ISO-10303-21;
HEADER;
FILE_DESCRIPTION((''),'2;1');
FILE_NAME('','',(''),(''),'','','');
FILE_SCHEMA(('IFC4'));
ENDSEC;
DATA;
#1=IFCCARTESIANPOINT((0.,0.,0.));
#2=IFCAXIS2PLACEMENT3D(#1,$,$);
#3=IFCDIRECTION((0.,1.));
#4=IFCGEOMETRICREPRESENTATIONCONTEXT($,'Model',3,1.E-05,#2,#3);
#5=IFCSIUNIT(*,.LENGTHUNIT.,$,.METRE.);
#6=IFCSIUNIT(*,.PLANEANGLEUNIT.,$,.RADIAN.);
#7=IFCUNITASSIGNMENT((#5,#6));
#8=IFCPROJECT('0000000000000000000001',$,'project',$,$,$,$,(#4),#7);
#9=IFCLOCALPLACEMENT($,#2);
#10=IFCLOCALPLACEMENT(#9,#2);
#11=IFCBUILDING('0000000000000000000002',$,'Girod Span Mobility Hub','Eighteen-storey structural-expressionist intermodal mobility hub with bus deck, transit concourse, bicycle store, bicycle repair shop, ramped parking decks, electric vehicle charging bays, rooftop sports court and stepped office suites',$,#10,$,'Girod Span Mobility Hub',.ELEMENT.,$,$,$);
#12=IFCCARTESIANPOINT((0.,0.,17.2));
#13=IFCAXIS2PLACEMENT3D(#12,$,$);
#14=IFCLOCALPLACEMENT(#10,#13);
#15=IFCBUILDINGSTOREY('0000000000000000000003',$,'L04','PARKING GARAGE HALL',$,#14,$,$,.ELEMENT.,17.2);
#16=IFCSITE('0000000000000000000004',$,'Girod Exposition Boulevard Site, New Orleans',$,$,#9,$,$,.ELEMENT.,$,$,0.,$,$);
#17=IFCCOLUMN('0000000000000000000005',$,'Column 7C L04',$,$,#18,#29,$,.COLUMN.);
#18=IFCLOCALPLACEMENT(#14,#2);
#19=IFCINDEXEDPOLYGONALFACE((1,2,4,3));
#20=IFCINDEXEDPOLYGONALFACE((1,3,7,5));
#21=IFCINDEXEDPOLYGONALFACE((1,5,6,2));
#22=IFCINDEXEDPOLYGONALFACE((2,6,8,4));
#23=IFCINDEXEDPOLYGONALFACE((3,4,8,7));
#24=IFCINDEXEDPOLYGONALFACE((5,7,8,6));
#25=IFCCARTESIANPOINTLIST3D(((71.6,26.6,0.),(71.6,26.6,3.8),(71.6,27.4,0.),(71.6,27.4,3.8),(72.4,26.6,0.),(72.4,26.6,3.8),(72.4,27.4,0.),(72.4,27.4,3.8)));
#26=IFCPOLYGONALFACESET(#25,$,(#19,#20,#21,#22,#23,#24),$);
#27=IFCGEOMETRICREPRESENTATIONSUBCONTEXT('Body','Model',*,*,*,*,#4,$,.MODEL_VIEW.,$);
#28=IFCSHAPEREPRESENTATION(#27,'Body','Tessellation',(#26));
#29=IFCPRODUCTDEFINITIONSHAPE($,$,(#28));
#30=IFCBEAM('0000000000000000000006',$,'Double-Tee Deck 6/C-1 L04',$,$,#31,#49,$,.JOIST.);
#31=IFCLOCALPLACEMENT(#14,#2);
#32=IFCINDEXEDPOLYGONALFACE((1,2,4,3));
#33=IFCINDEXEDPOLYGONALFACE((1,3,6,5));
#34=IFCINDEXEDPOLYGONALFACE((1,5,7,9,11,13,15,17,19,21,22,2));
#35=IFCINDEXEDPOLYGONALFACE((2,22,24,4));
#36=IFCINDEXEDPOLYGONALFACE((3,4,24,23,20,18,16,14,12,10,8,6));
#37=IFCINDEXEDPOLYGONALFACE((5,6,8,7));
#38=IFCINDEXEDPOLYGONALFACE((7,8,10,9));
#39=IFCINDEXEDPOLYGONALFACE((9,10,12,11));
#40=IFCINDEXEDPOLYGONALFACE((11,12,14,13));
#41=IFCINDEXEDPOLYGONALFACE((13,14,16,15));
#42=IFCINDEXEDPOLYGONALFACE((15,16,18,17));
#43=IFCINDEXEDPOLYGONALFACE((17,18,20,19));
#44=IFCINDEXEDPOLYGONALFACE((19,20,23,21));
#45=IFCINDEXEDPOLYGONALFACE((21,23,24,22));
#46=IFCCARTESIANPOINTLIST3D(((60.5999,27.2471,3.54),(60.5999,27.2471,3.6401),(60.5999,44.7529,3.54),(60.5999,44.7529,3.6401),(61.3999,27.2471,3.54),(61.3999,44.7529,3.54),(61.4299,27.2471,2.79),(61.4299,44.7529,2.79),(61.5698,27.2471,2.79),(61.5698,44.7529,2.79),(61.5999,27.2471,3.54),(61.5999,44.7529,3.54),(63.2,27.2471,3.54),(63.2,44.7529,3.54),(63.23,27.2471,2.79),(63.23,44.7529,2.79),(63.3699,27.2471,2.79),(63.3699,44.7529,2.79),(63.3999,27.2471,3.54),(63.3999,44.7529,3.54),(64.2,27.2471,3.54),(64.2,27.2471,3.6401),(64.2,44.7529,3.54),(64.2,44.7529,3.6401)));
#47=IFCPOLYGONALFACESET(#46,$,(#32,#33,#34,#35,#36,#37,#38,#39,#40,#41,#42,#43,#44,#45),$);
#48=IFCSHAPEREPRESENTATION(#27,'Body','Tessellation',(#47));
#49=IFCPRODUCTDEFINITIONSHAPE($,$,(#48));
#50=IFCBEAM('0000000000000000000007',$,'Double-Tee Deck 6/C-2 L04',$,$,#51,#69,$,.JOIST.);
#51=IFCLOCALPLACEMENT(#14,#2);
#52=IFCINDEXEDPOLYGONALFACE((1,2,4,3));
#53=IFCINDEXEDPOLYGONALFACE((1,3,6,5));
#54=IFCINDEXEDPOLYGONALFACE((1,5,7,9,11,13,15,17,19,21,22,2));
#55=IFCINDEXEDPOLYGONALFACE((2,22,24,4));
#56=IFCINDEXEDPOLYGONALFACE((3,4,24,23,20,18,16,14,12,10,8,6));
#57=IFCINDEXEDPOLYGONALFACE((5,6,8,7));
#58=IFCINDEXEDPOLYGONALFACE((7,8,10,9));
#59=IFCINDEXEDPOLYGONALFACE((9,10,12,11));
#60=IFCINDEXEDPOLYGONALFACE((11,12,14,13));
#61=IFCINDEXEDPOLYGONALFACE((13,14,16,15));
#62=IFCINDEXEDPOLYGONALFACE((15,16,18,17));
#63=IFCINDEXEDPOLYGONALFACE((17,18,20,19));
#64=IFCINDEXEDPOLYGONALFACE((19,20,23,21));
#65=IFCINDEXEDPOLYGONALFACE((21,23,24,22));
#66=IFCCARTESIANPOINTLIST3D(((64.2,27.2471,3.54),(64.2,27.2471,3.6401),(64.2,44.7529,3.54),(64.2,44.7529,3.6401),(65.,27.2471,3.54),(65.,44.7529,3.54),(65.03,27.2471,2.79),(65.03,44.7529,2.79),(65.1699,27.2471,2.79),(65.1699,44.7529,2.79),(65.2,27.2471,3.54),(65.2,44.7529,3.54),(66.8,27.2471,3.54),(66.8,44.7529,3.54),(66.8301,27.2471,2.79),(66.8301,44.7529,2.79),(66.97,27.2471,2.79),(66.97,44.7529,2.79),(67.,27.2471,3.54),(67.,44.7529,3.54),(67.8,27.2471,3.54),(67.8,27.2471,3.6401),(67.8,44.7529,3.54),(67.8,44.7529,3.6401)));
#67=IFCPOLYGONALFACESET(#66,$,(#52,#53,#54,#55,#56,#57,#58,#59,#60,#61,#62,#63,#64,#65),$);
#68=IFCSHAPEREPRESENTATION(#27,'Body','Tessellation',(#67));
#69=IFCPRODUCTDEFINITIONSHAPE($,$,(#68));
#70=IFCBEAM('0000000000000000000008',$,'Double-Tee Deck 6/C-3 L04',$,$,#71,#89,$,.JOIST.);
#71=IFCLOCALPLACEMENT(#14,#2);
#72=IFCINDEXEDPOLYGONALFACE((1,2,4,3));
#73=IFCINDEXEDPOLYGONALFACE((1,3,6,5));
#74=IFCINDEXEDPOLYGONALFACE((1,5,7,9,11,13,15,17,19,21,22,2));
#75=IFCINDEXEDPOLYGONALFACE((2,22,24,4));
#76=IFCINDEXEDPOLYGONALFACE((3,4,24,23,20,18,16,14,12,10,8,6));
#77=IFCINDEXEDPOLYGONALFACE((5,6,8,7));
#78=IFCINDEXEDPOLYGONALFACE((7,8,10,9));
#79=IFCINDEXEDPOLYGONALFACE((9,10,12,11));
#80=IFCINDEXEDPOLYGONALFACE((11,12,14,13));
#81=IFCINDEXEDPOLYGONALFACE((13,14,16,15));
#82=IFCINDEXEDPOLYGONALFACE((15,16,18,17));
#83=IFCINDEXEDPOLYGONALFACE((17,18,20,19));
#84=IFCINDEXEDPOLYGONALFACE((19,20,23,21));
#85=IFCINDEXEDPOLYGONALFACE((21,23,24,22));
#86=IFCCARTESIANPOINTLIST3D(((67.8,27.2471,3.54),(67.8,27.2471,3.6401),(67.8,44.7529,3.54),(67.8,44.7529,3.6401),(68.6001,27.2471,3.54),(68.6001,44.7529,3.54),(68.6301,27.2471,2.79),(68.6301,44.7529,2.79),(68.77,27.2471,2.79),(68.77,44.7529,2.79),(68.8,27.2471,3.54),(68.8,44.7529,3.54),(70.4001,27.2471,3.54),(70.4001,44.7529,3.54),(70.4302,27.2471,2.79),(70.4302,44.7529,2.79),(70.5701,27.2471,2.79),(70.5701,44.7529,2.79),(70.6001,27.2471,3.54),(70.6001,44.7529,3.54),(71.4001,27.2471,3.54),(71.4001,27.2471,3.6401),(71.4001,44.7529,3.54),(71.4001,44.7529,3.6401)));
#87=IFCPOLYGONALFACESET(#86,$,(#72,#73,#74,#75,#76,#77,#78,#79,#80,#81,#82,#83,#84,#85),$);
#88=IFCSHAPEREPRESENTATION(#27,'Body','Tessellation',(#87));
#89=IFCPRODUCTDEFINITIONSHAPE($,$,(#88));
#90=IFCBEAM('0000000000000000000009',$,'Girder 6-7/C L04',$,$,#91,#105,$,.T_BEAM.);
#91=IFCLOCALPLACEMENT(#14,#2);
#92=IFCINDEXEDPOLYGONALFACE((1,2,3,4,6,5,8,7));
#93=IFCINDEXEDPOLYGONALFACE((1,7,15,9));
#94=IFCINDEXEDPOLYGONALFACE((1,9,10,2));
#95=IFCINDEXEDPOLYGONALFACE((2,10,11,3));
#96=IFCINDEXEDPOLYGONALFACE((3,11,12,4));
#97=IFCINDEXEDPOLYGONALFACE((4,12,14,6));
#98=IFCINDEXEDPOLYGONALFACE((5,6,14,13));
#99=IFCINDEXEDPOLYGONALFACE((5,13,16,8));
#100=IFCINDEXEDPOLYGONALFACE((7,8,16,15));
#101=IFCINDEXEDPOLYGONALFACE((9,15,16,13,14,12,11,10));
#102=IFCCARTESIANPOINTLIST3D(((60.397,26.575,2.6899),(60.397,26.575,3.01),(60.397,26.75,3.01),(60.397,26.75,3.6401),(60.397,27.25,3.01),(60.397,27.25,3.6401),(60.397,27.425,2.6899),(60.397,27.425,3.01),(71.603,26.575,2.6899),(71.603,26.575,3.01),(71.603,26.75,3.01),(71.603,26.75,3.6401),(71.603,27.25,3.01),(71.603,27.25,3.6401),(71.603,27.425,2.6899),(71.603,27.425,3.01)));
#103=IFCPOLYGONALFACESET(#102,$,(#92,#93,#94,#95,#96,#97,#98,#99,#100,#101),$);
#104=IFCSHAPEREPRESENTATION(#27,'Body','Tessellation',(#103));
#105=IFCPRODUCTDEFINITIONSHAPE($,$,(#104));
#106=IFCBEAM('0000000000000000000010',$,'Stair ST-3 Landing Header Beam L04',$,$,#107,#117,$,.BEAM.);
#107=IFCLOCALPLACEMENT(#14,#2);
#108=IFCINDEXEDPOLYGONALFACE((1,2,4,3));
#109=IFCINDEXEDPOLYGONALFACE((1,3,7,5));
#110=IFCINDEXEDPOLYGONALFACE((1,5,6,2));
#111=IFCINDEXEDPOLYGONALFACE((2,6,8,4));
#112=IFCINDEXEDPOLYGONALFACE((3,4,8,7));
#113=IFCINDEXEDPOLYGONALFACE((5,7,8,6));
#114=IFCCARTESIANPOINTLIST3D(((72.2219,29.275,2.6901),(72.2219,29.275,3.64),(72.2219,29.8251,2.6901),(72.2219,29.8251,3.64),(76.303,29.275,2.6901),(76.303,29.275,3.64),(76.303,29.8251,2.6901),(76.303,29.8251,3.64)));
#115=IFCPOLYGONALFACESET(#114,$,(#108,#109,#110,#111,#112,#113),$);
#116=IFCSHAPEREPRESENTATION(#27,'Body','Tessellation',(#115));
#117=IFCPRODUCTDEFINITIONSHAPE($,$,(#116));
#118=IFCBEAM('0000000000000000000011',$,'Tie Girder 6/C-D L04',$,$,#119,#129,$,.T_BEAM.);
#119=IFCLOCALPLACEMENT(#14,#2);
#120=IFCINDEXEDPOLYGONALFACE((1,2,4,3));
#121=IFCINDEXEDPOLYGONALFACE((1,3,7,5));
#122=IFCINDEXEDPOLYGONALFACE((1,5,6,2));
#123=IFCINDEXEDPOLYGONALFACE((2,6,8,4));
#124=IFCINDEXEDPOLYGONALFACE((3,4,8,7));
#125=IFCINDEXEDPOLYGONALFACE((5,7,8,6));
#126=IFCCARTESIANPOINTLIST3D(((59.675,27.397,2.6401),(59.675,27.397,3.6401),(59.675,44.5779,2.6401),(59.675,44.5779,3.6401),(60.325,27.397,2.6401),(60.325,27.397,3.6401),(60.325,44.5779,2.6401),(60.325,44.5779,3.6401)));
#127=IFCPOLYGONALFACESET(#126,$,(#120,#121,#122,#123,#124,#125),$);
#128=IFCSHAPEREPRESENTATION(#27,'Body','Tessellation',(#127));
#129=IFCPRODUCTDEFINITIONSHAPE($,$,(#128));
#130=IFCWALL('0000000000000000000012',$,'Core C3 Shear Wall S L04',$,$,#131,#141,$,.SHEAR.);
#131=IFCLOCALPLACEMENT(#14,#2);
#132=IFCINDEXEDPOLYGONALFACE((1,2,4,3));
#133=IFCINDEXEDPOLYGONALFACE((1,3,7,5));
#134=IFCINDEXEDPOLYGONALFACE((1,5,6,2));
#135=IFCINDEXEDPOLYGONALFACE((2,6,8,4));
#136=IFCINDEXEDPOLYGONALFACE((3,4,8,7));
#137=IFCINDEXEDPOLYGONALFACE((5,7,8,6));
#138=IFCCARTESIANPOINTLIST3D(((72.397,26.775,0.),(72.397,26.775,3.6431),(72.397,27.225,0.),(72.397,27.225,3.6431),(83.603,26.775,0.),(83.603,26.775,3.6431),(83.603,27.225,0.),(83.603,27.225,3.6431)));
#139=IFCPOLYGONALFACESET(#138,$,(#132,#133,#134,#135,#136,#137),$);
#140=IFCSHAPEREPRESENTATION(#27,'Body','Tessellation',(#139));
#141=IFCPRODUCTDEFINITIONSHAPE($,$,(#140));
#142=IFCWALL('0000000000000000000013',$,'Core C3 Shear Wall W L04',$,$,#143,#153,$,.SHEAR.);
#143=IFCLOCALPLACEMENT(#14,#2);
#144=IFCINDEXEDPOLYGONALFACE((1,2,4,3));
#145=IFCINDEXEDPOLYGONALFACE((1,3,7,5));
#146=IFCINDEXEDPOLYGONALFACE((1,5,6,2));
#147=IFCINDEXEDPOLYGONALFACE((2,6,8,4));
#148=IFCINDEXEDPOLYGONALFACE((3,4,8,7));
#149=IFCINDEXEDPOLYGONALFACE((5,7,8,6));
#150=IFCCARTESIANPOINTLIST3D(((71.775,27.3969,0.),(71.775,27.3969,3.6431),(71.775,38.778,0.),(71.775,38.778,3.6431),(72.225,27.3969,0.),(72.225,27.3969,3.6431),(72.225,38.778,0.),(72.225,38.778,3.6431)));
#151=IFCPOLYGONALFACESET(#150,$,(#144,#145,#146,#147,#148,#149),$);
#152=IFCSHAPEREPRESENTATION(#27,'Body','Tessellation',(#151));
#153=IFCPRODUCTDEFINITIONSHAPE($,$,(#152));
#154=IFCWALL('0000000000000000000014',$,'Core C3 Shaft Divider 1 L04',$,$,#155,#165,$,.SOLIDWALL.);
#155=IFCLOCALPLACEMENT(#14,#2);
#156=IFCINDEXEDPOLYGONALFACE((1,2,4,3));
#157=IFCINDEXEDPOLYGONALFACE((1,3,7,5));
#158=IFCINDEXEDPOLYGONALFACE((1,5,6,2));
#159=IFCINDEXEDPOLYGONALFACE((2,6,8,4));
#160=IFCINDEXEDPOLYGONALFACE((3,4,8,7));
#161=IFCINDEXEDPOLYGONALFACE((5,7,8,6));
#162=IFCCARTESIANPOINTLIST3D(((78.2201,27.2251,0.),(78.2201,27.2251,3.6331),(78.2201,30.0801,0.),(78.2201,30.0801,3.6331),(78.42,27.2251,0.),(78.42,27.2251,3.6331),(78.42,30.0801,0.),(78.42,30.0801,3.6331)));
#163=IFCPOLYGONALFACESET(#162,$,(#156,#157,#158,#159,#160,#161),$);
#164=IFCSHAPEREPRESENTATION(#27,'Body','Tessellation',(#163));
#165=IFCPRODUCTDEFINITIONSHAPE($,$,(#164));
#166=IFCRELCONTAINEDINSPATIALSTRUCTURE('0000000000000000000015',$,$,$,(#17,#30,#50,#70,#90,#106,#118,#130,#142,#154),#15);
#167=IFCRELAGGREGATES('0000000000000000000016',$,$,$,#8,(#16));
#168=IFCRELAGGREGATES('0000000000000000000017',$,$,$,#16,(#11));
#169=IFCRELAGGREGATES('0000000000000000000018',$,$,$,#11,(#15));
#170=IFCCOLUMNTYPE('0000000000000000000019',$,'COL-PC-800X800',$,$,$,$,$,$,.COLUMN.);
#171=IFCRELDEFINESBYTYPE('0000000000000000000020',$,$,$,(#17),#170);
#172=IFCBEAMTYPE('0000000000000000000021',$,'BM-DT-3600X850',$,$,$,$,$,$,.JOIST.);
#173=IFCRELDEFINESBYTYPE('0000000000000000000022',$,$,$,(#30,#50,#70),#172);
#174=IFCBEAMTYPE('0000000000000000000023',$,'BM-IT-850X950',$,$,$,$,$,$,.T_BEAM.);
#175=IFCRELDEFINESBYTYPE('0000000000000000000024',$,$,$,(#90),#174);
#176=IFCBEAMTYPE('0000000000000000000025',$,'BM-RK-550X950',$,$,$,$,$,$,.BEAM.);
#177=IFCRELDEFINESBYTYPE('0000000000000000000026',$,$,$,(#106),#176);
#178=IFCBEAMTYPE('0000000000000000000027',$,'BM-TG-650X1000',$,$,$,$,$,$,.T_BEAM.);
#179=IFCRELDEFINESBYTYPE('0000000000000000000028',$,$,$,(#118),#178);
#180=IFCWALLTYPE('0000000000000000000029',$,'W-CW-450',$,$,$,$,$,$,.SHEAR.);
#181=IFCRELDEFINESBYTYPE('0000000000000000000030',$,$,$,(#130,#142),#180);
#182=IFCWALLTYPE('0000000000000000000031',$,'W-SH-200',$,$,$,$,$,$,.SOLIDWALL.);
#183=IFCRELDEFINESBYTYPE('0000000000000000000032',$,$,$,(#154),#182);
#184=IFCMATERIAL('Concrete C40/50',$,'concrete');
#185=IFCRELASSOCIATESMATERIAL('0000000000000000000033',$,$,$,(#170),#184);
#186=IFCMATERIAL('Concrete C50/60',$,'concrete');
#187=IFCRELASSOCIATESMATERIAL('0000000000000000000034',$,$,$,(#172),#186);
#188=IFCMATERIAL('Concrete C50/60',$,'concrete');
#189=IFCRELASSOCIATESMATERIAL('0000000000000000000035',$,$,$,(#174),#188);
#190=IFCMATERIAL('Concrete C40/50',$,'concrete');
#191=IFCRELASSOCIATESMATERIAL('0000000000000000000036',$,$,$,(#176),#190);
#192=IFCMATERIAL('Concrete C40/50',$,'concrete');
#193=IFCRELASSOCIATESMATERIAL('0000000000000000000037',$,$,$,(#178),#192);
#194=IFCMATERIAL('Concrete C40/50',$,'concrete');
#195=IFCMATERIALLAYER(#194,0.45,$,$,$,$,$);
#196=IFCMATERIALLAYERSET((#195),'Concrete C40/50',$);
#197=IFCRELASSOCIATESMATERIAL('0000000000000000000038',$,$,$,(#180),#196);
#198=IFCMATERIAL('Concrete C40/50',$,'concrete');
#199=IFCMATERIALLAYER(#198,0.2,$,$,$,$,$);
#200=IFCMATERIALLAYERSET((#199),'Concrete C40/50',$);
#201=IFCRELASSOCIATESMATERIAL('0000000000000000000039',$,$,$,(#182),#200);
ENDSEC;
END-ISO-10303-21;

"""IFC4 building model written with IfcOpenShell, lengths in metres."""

from ifc_helpers import new_model, si_unit, direction, frame, frame_2d, origin, origin_2d, place, context, subcontext, project, spatial, polyline, rectangle, outline, extrude, material, layer, layer_set, material_profile, profile_set, type_object, element, save


model = new_model("IFC4")

# Units and contexts
model_context = context("Model", 3, precision=1e-05, world=origin(), true_north=direction((0.0, 1.0)))
body_context = subcontext(model_context, "Body", "Model", "MODEL_VIEW")
ifc_project = project(units=[si_unit("LENGTHUNIT", "METRE"), si_unit("PLANEANGLEUNIT", "RADIAN")], contexts=[model_context])

# Site, building, storey
site_placement = place(None, origin())
site = spatial("IfcSite", under=ifc_project, at=site_placement, Name="Girod Exposition Boulevard Site, New Orleans", CompositionType="ELEMENT", RefElevation=0.0)
building_placement = place(site_placement, origin())
building = spatial("IfcBuilding", under=site, at=building_placement, Name="Girod Span Mobility Hub", Description="Eighteen-storey structural-expressionist intermodal mobility hub with bus deck, transit concourse, bicycle store, bicycle repair shop, ramped parking decks, electric vehicle charging bays, rooftop sports court and stepped office suites", LongName="Girod Span Mobility Hub", CompositionType="ELEMENT")
storey_placement = place(building_placement, frame((0.0, 0.0, 17.2)))
storey = spatial("IfcBuildingStorey", under=building, at=storey_placement, Name="L04", Description="PARKING GARAGE HALL", CompositionType="ELEMENT", Elevation=17.2)

# Column
ifc_material_1 = material(Name="Concrete C40/50", Category="concrete")
ifc_material_profile_1 = material_profile(ifc_material_1, rectangle(XDim=0.8, YDim=0.8, at=origin_2d()), Name="PC-COL-800X800")
ifc_profile_set_1 = profile_set([ifc_material_profile_1], Name="Concrete C40/50")
column_type = type_object("IfcColumnType", Name="COL-PC-800X800", PredefinedType="COLUMN", material=ifc_profile_set_1)
column_placement = place(storey_placement, frame((72.0, 27.0, 0.0), z_axis=(0.0, 0.0, 1.0), x_axis=(1.0, 0.0, 0.0)))
element("IfcColumn", 1, at=column_placement, inside=storey, type_object=column_type, Name="Column 7C L04", PredefinedType="COLUMN", context=body_context, shape_type="SweptSolid", body=[
    extrude(rectangle(XDim=0.8, YDim=0.8, at=origin_2d()), origin(), (0.0, 0.0, 1.0), 3.8),
])

# Beams
ifc_material_2 = material(Name="Concrete C50/60", Category="concrete")
ifc_material_profile_2 = material_profile(ifc_material_2, outline(polyline([(-1.8, 0.425), (-1.8, 0.325), (-1.0, 0.325), (-0.97, -0.425), (-0.8301, -0.425), (-0.8, 0.325), (0.8, 0.325), (0.8301, -0.425), (0.97, -0.425), (1.0, 0.325), (1.8, 0.325), (1.8, 0.425), (-1.8, 0.425)])), Name="DT-3600X850")
ifc_profile_set_2 = profile_set([ifc_material_profile_2], Name="Concrete C50/60")
beam_type_1 = type_object("IfcBeamType", Name="BM-DT-3600X850", PredefinedType="JOIST", material=ifc_profile_set_2)
for number, where, z_axis, x_axis, name in (
    (2, (62.3999, 27.2471, 3.2151), (0.0, 1.0, 0.0), (-1.0, 0.0, 0.0), "Double-Tee Deck 6/C-1 L04"),
    (3, (66.0, 27.2471, 3.2151), (0.0, 1.0, 0.0), (-1.0, 0.0, 0.0), "Double-Tee Deck 6/C-2 L04"),
    (4, (69.6001, 27.2471, 3.2151), (0.0, 1.0, 0.0), (-1.0, 0.0, 0.0), "Double-Tee Deck 6/C-3 L04"),
):
    element("IfcBeam", number, at=place(storey_placement, frame(where, z_axis=z_axis, x_axis=x_axis)), inside=storey, type_object=beam_type_1, Name=name, PredefinedType="JOIST", context=body_context, shape_type="SweptSolid", body=[
        extrude(outline(polyline([(-1.8, 0.425), (-1.8, 0.325), (-1.0, 0.325), (-0.97, -0.425), (-0.8301, -0.425), (-0.8, 0.325), (0.8, 0.325), (0.8301, -0.425), (0.97, -0.425), (1.0, 0.325), (1.8, 0.325), (1.8, 0.425), (-1.8, 0.425)])), origin(), (0.0, 0.0, 1.0), 17.5059),
    ])
ifc_material_3 = material(Name="Concrete C50/60", Category="concrete")
ifc_material_profile_3 = material_profile(ifc_material_3, outline(polyline([(-0.425, -0.4751), (0.425, -0.4751), (0.425, -0.155), (0.25, -0.155), (0.25, 0.4751), (-0.25, 0.4751), (-0.25, -0.155), (-0.425, -0.155), (-0.425, -0.4751)])), Name="IT-850X950")
ifc_profile_set_3 = profile_set([ifc_material_profile_3], Name="Concrete C50/60")
beam_type_2 = type_object("IfcBeamType", Name="BM-IT-850X950", PredefinedType="T_BEAM", material=ifc_profile_set_3)
beam_1_placement = place(storey_placement, frame((60.397, 27.0, 3.165), z_axis=(1.0, 0.0, 0.0), x_axis=(0.0, 1.0, 0.0)))
element("IfcBeam", 5, at=beam_1_placement, inside=storey, type_object=beam_type_2, Name="Girder 6-7/C L04", PredefinedType="T_BEAM", context=body_context, shape_type="SweptSolid", body=[
    extrude(outline(polyline([(-0.425, -0.4751), (0.425, -0.4751), (0.425, -0.155), (0.25, -0.155), (0.25, 0.4751), (-0.25, 0.4751), (-0.25, -0.155), (-0.425, -0.155), (-0.425, -0.4751)])), origin(), (0.0, 0.0, 1.0), 11.2061),
])
ifc_material_4 = material(Name="Concrete C40/50", Category="concrete")
ifc_material_profile_4 = material_profile(ifc_material_4, rectangle(XDim=0.55, YDim=0.95, at=origin_2d()), Name="RK-550X950")
ifc_profile_set_4 = profile_set([ifc_material_profile_4], Name="Concrete C40/50")
beam_type_3 = type_object("IfcBeamType", Name="BM-RK-550X950", PredefinedType="BEAM", material=ifc_profile_set_4)
beam_2_placement = place(storey_placement, frame((72.2219, 29.55, 3.165), z_axis=(1.0, 0.0, 0.0), x_axis=(0.0, 1.0, 0.0)))
element("IfcBeam", 6, at=beam_2_placement, inside=storey, type_object=beam_type_3, Name="Stair ST-3 Landing Header Beam L04", PredefinedType="BEAM", context=body_context, shape_type="SweptSolid", body=[
    extrude(rectangle(XDim=0.55, YDim=0.95, at=origin_2d()), origin(), (0.0, 0.0, 1.0), 4.0811),
])
ifc_material_5 = material(Name="Concrete C40/50", Category="concrete")
ifc_material_profile_5 = material_profile(ifc_material_5, rectangle(XDim=0.6499, YDim=1.0, at=origin_2d()), Name="TG-650X1000")
ifc_profile_set_5 = profile_set([ifc_material_profile_5], Name="Concrete C40/50")
beam_type_4 = type_object("IfcBeamType", Name="BM-TG-650X1000", PredefinedType="T_BEAM", material=ifc_profile_set_5)
beam_3_placement = place(storey_placement, frame((60.0, 27.397, 3.1401), z_axis=(0.0, 1.0, 0.0), x_axis=(-1.0, 0.0, 0.0)))
element("IfcBeam", 7, at=beam_3_placement, inside=storey, type_object=beam_type_4, Name="Tie Girder 6/C-D L04", PredefinedType="T_BEAM", context=body_context, shape_type="SweptSolid", body=[
    extrude(rectangle(XDim=0.6499, YDim=1.0, at=origin_2d()), origin(), (0.0, 0.0, 1.0), 17.1809),
])

# Walls
ifc_material_6 = material(Name="Concrete C40/50", Category="concrete")
ifc_layer_1 = layer(ifc_material_6, 0.45)
ifc_layer_set_1 = layer_set([ifc_layer_1], Name="Concrete C40/50")
wall_type_1 = type_object("IfcWallType", Name="W-CW-450", PredefinedType="SHEAR", material=ifc_layer_set_1)
wall_1_placement = place(storey_placement, frame((72.397, 27.0, 0.0), z_axis=(0.0, 0.0, 1.0), x_axis=(1.0, 0.0, 0.0)))
element("IfcWall", 8, at=wall_1_placement, inside=storey, type_object=wall_type_1, Name="Core C3 Shear Wall S L04", PredefinedType="SHEAR", context=body_context, shape_type="SweptSolid", body=[
    extrude(rectangle(XDim=11.2061, YDim=0.45, at=frame_2d((5.603, 0.0))), origin(), (0.0, 0.0, 1.0), 3.6431),
])
wall_2_placement = place(storey_placement, frame((72.0, 27.397, 0.0), z_axis=(0.0, 0.0, 1.0), x_axis=(0.0, 1.0, 0.0)))
element("IfcWall", 9, at=wall_2_placement, inside=storey, type_object=wall_type_1, Name="Core C3 Shear Wall W L04", PredefinedType="SHEAR", context=body_context, shape_type="SweptSolid", body=[
    extrude(rectangle(XDim=11.3811, YDim=0.45, at=frame_2d((5.6904, 0.0))), origin(), (0.0, 0.0, 1.0), 3.6431),
])
ifc_material_7 = material(Name="Concrete C40/50", Category="concrete")
ifc_layer_2 = layer(ifc_material_7, 0.2)
ifc_layer_set_2 = layer_set([ifc_layer_2], Name="Concrete C40/50")
wall_type_2 = type_object("IfcWallType", Name="W-SH-200", PredefinedType="SOLIDWALL", material=ifc_layer_set_2)
wall_3_placement = place(storey_placement, frame((78.3201, 27.2251, 0.0), z_axis=(0.0, 0.0, 1.0), x_axis=(0.0, 1.0, 0.0)))
element("IfcWall", 10, at=wall_3_placement, inside=storey, type_object=wall_type_2, Name="Core C3 Shaft Divider 1 L04", PredefinedType="SOLIDWALL", context=body_context, shape_type="SweptSolid", body=[
    extrude(rectangle(XDim=2.855, YDim=0.2, at=frame_2d((1.4275, 0.0))), origin(), (0.0, 0.0, 1.0), 3.6331),
])

save(model, "model.ifc")
